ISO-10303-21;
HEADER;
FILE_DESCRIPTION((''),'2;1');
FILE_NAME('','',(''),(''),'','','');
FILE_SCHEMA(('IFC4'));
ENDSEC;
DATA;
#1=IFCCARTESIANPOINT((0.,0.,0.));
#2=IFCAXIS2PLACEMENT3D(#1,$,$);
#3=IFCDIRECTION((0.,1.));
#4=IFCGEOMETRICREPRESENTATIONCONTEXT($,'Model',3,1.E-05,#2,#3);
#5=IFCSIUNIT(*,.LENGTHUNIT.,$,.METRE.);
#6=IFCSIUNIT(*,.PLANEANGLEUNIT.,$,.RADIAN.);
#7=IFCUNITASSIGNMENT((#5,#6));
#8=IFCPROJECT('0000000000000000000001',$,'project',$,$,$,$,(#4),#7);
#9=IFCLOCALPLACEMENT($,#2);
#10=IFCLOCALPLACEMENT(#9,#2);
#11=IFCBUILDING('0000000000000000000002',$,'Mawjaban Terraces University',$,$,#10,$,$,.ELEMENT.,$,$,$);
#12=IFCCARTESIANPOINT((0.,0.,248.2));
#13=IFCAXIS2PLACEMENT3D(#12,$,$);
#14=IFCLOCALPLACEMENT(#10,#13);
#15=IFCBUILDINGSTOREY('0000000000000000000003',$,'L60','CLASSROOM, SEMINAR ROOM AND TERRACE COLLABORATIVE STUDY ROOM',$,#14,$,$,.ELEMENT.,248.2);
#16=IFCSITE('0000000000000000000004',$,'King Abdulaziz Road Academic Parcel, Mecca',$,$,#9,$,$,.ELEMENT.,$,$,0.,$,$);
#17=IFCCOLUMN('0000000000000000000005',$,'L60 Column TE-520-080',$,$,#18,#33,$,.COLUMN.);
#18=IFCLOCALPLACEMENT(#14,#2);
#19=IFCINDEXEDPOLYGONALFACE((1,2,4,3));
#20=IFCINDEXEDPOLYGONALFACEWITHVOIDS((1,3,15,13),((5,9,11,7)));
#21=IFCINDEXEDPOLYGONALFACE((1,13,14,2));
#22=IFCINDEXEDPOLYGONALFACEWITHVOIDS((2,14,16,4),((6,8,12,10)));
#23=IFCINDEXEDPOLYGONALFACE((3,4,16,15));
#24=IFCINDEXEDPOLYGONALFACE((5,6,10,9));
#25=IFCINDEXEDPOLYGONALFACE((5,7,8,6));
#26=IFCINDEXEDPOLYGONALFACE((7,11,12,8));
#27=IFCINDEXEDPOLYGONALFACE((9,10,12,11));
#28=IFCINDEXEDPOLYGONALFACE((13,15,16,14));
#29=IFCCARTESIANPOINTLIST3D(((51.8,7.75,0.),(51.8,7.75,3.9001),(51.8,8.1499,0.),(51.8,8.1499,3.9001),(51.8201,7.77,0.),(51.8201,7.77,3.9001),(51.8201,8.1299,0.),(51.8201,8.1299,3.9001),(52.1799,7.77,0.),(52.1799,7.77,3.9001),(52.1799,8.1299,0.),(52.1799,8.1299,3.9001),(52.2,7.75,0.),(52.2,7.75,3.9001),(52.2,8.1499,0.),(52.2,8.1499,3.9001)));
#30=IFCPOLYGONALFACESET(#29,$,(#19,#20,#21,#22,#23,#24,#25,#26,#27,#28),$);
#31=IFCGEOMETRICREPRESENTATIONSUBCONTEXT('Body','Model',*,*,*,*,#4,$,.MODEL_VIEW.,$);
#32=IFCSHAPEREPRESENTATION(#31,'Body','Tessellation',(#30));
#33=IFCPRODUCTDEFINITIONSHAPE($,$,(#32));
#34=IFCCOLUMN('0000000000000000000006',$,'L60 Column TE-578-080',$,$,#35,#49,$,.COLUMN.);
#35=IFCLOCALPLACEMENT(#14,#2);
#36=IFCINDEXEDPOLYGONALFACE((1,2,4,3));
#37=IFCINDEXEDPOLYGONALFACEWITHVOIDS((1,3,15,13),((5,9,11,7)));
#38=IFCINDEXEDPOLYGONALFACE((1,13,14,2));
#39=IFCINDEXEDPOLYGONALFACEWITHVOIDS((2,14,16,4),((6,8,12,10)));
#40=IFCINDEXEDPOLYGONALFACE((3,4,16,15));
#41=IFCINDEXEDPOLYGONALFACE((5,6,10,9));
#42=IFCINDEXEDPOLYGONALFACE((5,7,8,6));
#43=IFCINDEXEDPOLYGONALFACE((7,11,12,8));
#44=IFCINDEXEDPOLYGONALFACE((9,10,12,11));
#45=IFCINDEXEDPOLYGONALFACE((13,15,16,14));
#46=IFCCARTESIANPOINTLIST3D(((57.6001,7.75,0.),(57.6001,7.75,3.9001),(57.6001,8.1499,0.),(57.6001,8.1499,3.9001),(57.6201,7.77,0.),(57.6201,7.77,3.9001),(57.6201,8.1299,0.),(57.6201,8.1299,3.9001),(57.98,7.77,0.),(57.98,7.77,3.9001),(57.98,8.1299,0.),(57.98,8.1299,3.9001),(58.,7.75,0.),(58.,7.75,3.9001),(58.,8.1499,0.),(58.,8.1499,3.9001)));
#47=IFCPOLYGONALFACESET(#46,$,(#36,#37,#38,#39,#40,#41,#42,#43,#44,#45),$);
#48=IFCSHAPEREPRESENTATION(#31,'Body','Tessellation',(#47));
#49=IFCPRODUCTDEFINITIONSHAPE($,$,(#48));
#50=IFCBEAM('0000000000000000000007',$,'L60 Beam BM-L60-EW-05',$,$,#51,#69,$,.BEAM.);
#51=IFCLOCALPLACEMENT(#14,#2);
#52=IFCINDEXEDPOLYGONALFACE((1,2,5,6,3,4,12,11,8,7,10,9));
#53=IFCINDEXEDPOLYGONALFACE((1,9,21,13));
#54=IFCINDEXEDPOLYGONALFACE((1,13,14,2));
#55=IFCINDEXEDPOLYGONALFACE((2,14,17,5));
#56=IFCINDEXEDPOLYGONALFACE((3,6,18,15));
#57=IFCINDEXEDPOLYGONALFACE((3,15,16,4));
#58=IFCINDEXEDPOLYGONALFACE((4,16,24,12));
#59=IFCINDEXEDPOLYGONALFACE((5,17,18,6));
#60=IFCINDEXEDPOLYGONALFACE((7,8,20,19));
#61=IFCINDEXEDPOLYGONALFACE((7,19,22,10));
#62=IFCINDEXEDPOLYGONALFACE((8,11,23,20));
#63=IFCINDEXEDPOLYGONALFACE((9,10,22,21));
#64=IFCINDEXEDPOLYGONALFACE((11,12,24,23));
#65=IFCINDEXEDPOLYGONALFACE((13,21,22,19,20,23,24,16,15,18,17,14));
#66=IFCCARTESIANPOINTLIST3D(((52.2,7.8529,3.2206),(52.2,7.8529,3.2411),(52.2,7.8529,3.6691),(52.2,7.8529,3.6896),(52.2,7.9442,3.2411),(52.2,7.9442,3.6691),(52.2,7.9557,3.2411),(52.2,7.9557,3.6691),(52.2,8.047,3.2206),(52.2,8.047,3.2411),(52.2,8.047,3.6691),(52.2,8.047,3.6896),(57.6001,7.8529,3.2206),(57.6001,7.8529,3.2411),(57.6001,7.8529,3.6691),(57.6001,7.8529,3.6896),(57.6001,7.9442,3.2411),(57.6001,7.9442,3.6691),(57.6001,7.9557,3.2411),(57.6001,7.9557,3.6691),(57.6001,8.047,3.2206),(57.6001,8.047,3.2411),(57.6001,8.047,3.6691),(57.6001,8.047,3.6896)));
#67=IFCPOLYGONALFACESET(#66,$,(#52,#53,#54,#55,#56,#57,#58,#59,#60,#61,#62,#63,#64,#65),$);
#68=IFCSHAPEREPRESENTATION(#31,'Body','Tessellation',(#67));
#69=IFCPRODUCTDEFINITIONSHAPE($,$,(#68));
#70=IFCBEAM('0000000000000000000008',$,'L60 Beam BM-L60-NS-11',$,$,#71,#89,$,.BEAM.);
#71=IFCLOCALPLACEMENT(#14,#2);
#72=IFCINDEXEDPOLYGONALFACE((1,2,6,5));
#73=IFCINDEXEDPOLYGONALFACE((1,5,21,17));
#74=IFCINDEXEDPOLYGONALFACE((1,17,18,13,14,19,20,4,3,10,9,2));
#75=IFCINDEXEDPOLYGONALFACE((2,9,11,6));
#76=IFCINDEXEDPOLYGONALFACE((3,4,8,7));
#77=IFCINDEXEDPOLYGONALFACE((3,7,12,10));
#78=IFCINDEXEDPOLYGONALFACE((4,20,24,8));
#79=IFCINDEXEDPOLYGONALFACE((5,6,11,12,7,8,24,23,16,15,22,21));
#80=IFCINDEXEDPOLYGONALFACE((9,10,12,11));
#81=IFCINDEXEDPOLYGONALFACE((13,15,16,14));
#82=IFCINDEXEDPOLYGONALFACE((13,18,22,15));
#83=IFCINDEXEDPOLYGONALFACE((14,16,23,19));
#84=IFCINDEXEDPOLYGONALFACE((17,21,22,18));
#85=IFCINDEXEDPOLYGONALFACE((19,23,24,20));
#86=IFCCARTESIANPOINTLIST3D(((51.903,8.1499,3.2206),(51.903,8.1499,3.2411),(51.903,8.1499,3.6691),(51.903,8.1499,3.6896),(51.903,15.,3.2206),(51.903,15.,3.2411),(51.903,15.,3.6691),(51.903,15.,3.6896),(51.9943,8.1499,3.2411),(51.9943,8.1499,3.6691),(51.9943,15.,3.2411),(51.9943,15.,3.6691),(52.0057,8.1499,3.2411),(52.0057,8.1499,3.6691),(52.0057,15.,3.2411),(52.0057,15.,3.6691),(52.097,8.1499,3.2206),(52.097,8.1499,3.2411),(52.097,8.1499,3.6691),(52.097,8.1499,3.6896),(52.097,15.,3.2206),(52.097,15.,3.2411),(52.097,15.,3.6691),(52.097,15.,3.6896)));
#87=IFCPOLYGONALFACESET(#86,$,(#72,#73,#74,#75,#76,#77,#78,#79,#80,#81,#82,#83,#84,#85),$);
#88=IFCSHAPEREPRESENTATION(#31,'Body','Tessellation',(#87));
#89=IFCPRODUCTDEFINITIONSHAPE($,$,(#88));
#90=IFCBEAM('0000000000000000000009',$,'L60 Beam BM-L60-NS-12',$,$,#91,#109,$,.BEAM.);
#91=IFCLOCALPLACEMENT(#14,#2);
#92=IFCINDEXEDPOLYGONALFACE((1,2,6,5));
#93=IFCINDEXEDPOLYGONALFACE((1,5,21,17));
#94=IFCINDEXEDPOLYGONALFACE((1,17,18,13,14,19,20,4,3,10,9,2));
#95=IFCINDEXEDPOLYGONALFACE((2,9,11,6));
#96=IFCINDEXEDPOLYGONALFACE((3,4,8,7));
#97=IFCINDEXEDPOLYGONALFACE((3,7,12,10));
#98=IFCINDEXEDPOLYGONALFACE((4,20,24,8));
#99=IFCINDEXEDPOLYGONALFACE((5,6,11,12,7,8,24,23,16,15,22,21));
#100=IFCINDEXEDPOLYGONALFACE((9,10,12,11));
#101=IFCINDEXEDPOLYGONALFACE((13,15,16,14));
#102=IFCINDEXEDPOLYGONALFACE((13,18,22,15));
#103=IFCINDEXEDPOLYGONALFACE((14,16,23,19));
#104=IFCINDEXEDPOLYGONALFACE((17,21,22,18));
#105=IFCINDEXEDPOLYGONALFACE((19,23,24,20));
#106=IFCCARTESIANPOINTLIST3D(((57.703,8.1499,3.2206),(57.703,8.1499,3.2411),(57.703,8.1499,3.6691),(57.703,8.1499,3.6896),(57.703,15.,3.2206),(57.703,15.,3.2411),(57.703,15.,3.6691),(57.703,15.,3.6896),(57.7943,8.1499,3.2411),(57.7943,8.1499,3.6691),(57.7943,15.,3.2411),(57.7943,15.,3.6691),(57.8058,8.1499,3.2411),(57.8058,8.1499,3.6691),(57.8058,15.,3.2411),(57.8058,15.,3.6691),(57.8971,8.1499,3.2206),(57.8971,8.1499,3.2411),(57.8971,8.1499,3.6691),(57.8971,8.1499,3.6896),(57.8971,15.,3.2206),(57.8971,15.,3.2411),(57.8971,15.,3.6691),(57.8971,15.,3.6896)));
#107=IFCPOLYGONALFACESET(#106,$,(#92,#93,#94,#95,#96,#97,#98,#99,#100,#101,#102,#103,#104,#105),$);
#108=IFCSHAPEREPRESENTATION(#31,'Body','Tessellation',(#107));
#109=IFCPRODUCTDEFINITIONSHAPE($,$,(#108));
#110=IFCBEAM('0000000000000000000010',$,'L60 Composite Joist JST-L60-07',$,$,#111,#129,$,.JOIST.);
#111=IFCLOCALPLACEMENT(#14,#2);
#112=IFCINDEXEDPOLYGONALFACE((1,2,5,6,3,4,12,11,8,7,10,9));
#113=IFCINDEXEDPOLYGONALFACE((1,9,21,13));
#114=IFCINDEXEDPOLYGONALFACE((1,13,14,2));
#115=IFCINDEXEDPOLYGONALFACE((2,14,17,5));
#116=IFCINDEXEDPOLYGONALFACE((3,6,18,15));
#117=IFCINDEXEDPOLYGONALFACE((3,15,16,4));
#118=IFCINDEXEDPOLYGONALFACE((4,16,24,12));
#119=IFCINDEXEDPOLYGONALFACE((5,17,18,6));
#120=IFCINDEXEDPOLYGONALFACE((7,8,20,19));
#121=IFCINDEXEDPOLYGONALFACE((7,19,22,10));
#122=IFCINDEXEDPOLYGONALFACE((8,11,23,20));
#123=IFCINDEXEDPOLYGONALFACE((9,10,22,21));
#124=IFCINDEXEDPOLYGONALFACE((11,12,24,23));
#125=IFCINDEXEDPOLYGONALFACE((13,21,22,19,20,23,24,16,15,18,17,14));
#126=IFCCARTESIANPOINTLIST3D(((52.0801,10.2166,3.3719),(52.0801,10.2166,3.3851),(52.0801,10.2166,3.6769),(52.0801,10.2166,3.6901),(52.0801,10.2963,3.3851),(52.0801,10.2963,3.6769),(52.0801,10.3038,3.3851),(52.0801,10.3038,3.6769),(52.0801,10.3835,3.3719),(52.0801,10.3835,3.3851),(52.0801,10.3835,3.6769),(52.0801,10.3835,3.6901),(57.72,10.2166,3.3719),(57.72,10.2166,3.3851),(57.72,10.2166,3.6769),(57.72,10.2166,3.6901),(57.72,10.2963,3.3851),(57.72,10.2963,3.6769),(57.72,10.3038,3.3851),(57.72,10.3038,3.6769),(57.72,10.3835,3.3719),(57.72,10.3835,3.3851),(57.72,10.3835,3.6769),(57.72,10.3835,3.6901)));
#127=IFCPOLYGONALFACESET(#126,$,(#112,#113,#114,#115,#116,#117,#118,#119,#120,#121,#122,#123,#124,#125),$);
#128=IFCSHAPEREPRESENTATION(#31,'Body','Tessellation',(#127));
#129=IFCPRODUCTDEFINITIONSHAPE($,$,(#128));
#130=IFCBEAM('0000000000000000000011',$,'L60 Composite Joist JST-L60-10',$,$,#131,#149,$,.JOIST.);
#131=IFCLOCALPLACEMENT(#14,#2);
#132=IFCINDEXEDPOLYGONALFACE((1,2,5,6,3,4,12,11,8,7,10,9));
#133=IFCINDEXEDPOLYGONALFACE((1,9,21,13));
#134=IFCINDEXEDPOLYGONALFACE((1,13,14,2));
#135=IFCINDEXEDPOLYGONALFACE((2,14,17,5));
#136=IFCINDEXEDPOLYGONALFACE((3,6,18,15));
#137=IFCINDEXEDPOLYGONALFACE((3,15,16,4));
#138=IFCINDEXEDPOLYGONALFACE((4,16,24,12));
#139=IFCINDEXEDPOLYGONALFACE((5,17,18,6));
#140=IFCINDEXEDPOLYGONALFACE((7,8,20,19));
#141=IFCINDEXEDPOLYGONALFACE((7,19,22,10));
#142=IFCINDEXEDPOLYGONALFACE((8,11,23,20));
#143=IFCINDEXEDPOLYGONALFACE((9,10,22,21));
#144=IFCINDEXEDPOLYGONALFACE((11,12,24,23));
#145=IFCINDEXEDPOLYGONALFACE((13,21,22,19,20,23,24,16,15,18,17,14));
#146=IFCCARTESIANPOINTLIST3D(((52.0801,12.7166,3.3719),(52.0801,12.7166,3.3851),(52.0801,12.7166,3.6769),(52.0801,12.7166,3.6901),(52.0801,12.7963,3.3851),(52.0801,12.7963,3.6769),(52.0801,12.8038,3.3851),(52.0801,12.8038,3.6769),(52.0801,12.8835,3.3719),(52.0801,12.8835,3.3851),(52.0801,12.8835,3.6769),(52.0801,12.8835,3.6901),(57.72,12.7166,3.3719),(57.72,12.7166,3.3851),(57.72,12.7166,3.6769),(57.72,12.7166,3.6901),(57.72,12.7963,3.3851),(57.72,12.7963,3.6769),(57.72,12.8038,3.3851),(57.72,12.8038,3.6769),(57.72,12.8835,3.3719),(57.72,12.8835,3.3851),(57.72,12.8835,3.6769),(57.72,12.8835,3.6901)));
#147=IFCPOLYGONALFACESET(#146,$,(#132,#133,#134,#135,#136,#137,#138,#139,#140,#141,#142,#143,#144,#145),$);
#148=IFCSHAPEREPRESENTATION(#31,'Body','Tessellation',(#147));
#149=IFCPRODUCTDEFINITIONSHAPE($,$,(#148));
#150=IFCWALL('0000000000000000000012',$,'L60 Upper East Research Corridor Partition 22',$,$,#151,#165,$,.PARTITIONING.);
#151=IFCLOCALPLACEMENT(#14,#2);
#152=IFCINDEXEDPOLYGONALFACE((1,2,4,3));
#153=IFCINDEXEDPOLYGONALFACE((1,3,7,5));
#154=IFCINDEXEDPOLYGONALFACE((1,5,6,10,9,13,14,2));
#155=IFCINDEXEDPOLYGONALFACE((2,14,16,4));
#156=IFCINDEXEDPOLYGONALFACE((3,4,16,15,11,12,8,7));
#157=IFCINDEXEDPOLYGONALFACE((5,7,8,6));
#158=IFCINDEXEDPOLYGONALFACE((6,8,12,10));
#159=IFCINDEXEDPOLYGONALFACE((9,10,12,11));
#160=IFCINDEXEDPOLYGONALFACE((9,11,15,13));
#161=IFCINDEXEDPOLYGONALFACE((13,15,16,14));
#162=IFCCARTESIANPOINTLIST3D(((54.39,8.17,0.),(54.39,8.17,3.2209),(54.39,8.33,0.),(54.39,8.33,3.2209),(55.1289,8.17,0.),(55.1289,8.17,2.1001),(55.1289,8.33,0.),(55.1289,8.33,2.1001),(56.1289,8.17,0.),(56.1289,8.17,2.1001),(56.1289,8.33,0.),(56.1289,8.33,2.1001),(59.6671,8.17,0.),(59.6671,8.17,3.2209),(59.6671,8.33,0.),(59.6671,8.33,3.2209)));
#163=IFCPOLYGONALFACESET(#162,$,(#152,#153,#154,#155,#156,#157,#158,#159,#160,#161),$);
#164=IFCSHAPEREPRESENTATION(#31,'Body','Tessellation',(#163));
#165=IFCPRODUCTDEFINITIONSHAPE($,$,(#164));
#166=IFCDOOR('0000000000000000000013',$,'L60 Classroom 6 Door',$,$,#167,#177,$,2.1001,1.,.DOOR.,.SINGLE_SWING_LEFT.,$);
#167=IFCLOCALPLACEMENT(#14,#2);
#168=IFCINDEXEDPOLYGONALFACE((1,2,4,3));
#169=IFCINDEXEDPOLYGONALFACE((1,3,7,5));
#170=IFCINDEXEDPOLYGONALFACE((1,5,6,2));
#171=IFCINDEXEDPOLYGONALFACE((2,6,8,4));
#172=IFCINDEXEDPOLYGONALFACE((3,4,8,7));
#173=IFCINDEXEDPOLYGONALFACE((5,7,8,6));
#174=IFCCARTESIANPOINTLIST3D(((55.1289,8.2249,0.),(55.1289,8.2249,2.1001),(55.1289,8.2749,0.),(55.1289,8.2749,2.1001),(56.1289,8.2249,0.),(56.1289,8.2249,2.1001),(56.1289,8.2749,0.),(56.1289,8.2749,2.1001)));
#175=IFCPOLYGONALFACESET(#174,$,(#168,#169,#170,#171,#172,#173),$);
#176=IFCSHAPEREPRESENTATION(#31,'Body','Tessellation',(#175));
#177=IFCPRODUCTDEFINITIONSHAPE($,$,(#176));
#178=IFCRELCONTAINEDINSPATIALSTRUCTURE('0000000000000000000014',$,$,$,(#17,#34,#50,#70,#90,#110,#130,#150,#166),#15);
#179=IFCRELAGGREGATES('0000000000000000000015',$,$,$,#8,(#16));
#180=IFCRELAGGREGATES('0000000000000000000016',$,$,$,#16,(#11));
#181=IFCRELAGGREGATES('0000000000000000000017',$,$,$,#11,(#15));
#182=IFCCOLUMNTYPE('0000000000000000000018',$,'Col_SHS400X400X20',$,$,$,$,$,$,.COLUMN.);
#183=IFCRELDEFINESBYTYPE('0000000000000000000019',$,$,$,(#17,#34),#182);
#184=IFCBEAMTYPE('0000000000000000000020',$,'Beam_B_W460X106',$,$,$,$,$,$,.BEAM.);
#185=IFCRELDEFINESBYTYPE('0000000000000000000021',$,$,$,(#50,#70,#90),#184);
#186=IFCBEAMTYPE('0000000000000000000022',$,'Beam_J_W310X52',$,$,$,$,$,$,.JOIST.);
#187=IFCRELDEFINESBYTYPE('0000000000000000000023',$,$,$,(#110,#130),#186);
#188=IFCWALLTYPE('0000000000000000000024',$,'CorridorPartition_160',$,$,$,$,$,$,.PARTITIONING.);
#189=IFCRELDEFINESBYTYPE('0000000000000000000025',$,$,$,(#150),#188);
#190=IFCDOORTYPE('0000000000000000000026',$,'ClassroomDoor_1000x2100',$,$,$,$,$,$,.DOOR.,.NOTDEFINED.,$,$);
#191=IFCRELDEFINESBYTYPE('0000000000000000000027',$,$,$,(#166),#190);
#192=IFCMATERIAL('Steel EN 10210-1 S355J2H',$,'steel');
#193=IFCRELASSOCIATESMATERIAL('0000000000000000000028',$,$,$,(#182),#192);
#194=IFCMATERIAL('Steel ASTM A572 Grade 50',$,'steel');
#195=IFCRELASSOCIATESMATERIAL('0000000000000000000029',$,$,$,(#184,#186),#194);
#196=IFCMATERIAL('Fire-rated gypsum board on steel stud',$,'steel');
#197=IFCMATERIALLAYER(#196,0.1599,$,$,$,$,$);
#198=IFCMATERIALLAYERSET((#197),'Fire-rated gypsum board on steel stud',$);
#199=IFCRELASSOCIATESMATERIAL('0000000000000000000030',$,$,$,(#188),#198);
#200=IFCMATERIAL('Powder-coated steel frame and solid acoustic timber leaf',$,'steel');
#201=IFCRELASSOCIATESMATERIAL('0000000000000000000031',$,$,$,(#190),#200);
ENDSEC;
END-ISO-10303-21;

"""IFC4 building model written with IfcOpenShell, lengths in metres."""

from ifc_helpers import new_model, si_unit, direction, frame, frame_2d, origin, origin_2d, place, context, subcontext, project, spatial, rectangle, hollow_rectangle, i_section, extrude, material, layer, layer_set, material_profile, profile_set, type_object, element, fill, save


model = new_model("IFC4")

# Units and contexts
model_context = context("Model", 3, precision=1e-05, world=origin(), true_north=direction((0.0, 1.0)))
body_context = subcontext(model_context, "Body", "Model", "MODEL_VIEW")
ifc_project = project(units=[si_unit("LENGTHUNIT", "METRE"), si_unit("PLANEANGLEUNIT", "RADIAN")], contexts=[model_context])

# Site, building, storey
site_placement = place(None, origin())
site = spatial("IfcSite", under=ifc_project, at=site_placement, Name="King Abdulaziz Road Academic Parcel, Mecca", CompositionType="ELEMENT", RefElevation=0.0)
building_placement = place(site_placement, origin())
building = spatial("IfcBuilding", under=site, at=building_placement, Name="Mawjaban Terraces University", CompositionType="ELEMENT")
storey_placement = place(building_placement, frame((0.0, 0.0, 248.2)))
storey = spatial("IfcBuildingStorey", under=building, at=storey_placement, Name="L60", Description="CLASSROOM, SEMINAR ROOM AND TERRACE COLLABORATIVE STUDY ROOM", CompositionType="ELEMENT", Elevation=248.2)

# Columns
ifc_material_1 = material(Name="Steel EN 10210-1 S355J2H", Category="steel")
ifc_material_profile_1 = material_profile(ifc_material_1, hollow_rectangle(XDim=0.3999, YDim=0.3999, WallThickness=0.02, at=origin_2d()), Name="SHS400X400X20")
ifc_profile_set_1 = profile_set([ifc_material_profile_1], Name="Steel EN 10210-1 S355J2H")
column_type = type_object("IfcColumnType", Name="Col_SHS400X400X20", PredefinedType="COLUMN", material=ifc_profile_set_1)
for number, where, z_axis, x_axis, name in (
    (1, (52.0, 7.95, 0.0), (0.0, 0.0, 1.0), (1.0, 0.0, 0.0), "L60 Column TE-520-080"),
    (2, (57.8, 7.95, 0.0), (0.0, 0.0, 1.0), (1.0, 0.0, 0.0), "L60 Column TE-578-080"),
):
    element("IfcColumn", number, at=place(storey_placement, frame(where, z_axis=z_axis, x_axis=x_axis)), inside=storey, type_object=column_type, Name=name, PredefinedType="COLUMN", context=body_context, shape_type="SweptSolid", body=[
        extrude(hollow_rectangle(XDim=0.3999, YDim=0.3999, WallThickness=0.02, at=origin_2d()), origin(), (0.0, 0.0, 1.0), 3.9001),
    ])

# Beams
ifc_material_2 = material(Name="Steel ASTM A572 Grade 50", Category="steel")
ifc_material_profile_2 = material_profile(ifc_material_2, i_section(OverallWidth=0.1941, OverallDepth=0.469, WebThickness=0.0115, FlangeThickness=0.0205, at=origin_2d()), Name="W460X106")
ifc_profile_set_2 = profile_set([ifc_material_profile_2], Name="Steel ASTM A572 Grade 50")
beam_type_1 = type_object("IfcBeamType", Name="Beam_B_W460X106", PredefinedType="BEAM", material=ifc_profile_set_2)
beam_placement = place(storey_placement, frame((52.2, 7.95, 3.4551), z_axis=(1.0, 0.0, 0.0), x_axis=(0.0, 1.0, 0.0)))
element("IfcBeam", 3, at=beam_placement, inside=storey, type_object=beam_type_1, Name="L60 Beam BM-L60-EW-05", PredefinedType="BEAM", context=body_context, shape_type="SweptSolid", body=[
    extrude(i_section(OverallWidth=0.1941, OverallDepth=0.469, WebThickness=0.0115, FlangeThickness=0.0205, at=origin_2d()), origin(), (0.0, 0.0, 1.0), 5.4001),
])
for number, where, z_axis, x_axis, name in (
    (4, (52.0, 8.1499, 3.4551), (0.0, 1.0, 0.0), (-1.0, 0.0, 0.0), "L60 Beam BM-L60-NS-11"),
    (5, (57.8, 8.1499, 3.4551), (0.0, 1.0, 0.0), (-1.0, 0.0, 0.0), "L60 Beam BM-L60-NS-12"),
):
    element("IfcBeam", number, at=place(storey_placement, frame(where, z_axis=z_axis, x_axis=x_axis)), inside=storey, type_object=beam_type_1, Name=name, PredefinedType="BEAM", context=body_context, shape_type="SweptSolid", body=[
        extrude(i_section(OverallWidth=0.1941, OverallDepth=0.469, WebThickness=0.0115, FlangeThickness=0.0205, at=origin_2d()), origin(), (0.0, 0.0, 1.0), 6.8501),
    ])
ifc_material_profile_3 = material_profile(ifc_material_2, i_section(OverallWidth=0.167, OverallDepth=0.3181, WebThickness=0.0076, FlangeThickness=0.0132, at=origin_2d()), Name="W310X52")
ifc_profile_set_3 = profile_set([ifc_material_profile_3], Name="Steel ASTM A572 Grade 50")
beam_type_2 = type_object("IfcBeamType", Name="Beam_J_W310X52", PredefinedType="JOIST", material=ifc_profile_set_3)
for number, where, z_axis, x_axis, name in (
    (6, (52.0801, 10.3, 3.531), (1.0, 0.0, 0.0), (0.0, 1.0, 0.0), "L60 Composite Joist JST-L60-07"),
    (7, (52.0801, 12.8, 3.531), (1.0, 0.0, 0.0), (0.0, 1.0, 0.0), "L60 Composite Joist JST-L60-10"),
):
    element("IfcBeam", number, at=place(storey_placement, frame(where, z_axis=z_axis, x_axis=x_axis)), inside=storey, type_object=beam_type_2, Name=name, PredefinedType="JOIST", context=body_context, shape_type="SweptSolid", body=[
        extrude(i_section(OverallWidth=0.167, OverallDepth=0.3181, WebThickness=0.0076, FlangeThickness=0.0132, at=origin_2d()), origin(), (0.0, 0.0, 1.0), 5.6399),
    ])

# Wall, opening, door
ifc_material_3 = material(Name="Fire-rated gypsum board on steel stud", Category="steel")
ifc_layer_1 = layer(ifc_material_3, 0.1599)
ifc_layer_set_1 = layer_set([ifc_layer_1], Name="Fire-rated gypsum board on steel stud")
wall_type_1 = type_object("IfcWallType", Name="CorridorPartition_160", PredefinedType="PARTITIONING", material=ifc_layer_set_1)
wall_1_placement = place(storey_placement, frame((54.3899, 8.25, 0.0), z_axis=(0.0, 0.0, 1.0), x_axis=(1.0, 0.0, 0.0)))
wall_1 = element("IfcWall", 8, at=wall_1_placement, inside=storey, type_object=wall_type_1, Name="L60 Upper East Research Corridor Partition 22", PredefinedType="PARTITIONING", context=body_context, shape_type="SweptSolid", body=[
    extrude(rectangle(XDim=5.2771, YDim=0.1599, at=frame_2d((2.6387, 0.0))), origin(), (0.0, 0.0, 1.0), 3.2209),
])
opening_1_placement = place(wall_1_placement, frame((0.739, 0.0, 0.0)))
opening_1 = element("IfcOpeningElement", 9, at=opening_1_placement, cuts=wall_1, PredefinedType="OPENING", context=body_context, shape_type="SweptSolid", body=[
    extrude(rectangle(XDim=1.0, YDim=2.1001, at=frame_2d((0.5, 1.05))), frame((0.0, 0.0898, 0.0), z_axis=(0.0, -1.0, 0.0), x_axis=(1.0, 0.0, 0.0)), (0.0, 0.0, 1.0), 0.1799),
])
ifc_material_4 = material(Name="Powder-coated steel frame and solid acoustic timber leaf", Category="steel")
door_type_1 = type_object("IfcDoorType", Name="ClassroomDoor_1000x2100", OperationType="NOTDEFINED", PredefinedType="DOOR", material=ifc_material_4)
door_1_placement = place(opening_1_placement, origin())
door_1 = element("IfcDoor", 10, at=door_1_placement, inside=storey, type_object=door_type_1, Name="L60 Classroom 6 Door", OperationType="SINGLE_SWING_LEFT", OverallHeight=2.1001, OverallWidth=1.0, PredefinedType="DOOR", context=body_context, shape_type="SweptSolid", body=[
    extrude(rectangle(XDim=1.0, YDim=2.1001, at=frame_2d((0.5, 1.05))), frame((0.0, 0.0249, 0.0), z_axis=(0.0, -1.0, 0.0), x_axis=(1.0, 0.0, 0.0)), (0.0, 0.0, 1.0), 0.05),
])
fill(opening_1, door_1)

save(model, "model.ifc")
